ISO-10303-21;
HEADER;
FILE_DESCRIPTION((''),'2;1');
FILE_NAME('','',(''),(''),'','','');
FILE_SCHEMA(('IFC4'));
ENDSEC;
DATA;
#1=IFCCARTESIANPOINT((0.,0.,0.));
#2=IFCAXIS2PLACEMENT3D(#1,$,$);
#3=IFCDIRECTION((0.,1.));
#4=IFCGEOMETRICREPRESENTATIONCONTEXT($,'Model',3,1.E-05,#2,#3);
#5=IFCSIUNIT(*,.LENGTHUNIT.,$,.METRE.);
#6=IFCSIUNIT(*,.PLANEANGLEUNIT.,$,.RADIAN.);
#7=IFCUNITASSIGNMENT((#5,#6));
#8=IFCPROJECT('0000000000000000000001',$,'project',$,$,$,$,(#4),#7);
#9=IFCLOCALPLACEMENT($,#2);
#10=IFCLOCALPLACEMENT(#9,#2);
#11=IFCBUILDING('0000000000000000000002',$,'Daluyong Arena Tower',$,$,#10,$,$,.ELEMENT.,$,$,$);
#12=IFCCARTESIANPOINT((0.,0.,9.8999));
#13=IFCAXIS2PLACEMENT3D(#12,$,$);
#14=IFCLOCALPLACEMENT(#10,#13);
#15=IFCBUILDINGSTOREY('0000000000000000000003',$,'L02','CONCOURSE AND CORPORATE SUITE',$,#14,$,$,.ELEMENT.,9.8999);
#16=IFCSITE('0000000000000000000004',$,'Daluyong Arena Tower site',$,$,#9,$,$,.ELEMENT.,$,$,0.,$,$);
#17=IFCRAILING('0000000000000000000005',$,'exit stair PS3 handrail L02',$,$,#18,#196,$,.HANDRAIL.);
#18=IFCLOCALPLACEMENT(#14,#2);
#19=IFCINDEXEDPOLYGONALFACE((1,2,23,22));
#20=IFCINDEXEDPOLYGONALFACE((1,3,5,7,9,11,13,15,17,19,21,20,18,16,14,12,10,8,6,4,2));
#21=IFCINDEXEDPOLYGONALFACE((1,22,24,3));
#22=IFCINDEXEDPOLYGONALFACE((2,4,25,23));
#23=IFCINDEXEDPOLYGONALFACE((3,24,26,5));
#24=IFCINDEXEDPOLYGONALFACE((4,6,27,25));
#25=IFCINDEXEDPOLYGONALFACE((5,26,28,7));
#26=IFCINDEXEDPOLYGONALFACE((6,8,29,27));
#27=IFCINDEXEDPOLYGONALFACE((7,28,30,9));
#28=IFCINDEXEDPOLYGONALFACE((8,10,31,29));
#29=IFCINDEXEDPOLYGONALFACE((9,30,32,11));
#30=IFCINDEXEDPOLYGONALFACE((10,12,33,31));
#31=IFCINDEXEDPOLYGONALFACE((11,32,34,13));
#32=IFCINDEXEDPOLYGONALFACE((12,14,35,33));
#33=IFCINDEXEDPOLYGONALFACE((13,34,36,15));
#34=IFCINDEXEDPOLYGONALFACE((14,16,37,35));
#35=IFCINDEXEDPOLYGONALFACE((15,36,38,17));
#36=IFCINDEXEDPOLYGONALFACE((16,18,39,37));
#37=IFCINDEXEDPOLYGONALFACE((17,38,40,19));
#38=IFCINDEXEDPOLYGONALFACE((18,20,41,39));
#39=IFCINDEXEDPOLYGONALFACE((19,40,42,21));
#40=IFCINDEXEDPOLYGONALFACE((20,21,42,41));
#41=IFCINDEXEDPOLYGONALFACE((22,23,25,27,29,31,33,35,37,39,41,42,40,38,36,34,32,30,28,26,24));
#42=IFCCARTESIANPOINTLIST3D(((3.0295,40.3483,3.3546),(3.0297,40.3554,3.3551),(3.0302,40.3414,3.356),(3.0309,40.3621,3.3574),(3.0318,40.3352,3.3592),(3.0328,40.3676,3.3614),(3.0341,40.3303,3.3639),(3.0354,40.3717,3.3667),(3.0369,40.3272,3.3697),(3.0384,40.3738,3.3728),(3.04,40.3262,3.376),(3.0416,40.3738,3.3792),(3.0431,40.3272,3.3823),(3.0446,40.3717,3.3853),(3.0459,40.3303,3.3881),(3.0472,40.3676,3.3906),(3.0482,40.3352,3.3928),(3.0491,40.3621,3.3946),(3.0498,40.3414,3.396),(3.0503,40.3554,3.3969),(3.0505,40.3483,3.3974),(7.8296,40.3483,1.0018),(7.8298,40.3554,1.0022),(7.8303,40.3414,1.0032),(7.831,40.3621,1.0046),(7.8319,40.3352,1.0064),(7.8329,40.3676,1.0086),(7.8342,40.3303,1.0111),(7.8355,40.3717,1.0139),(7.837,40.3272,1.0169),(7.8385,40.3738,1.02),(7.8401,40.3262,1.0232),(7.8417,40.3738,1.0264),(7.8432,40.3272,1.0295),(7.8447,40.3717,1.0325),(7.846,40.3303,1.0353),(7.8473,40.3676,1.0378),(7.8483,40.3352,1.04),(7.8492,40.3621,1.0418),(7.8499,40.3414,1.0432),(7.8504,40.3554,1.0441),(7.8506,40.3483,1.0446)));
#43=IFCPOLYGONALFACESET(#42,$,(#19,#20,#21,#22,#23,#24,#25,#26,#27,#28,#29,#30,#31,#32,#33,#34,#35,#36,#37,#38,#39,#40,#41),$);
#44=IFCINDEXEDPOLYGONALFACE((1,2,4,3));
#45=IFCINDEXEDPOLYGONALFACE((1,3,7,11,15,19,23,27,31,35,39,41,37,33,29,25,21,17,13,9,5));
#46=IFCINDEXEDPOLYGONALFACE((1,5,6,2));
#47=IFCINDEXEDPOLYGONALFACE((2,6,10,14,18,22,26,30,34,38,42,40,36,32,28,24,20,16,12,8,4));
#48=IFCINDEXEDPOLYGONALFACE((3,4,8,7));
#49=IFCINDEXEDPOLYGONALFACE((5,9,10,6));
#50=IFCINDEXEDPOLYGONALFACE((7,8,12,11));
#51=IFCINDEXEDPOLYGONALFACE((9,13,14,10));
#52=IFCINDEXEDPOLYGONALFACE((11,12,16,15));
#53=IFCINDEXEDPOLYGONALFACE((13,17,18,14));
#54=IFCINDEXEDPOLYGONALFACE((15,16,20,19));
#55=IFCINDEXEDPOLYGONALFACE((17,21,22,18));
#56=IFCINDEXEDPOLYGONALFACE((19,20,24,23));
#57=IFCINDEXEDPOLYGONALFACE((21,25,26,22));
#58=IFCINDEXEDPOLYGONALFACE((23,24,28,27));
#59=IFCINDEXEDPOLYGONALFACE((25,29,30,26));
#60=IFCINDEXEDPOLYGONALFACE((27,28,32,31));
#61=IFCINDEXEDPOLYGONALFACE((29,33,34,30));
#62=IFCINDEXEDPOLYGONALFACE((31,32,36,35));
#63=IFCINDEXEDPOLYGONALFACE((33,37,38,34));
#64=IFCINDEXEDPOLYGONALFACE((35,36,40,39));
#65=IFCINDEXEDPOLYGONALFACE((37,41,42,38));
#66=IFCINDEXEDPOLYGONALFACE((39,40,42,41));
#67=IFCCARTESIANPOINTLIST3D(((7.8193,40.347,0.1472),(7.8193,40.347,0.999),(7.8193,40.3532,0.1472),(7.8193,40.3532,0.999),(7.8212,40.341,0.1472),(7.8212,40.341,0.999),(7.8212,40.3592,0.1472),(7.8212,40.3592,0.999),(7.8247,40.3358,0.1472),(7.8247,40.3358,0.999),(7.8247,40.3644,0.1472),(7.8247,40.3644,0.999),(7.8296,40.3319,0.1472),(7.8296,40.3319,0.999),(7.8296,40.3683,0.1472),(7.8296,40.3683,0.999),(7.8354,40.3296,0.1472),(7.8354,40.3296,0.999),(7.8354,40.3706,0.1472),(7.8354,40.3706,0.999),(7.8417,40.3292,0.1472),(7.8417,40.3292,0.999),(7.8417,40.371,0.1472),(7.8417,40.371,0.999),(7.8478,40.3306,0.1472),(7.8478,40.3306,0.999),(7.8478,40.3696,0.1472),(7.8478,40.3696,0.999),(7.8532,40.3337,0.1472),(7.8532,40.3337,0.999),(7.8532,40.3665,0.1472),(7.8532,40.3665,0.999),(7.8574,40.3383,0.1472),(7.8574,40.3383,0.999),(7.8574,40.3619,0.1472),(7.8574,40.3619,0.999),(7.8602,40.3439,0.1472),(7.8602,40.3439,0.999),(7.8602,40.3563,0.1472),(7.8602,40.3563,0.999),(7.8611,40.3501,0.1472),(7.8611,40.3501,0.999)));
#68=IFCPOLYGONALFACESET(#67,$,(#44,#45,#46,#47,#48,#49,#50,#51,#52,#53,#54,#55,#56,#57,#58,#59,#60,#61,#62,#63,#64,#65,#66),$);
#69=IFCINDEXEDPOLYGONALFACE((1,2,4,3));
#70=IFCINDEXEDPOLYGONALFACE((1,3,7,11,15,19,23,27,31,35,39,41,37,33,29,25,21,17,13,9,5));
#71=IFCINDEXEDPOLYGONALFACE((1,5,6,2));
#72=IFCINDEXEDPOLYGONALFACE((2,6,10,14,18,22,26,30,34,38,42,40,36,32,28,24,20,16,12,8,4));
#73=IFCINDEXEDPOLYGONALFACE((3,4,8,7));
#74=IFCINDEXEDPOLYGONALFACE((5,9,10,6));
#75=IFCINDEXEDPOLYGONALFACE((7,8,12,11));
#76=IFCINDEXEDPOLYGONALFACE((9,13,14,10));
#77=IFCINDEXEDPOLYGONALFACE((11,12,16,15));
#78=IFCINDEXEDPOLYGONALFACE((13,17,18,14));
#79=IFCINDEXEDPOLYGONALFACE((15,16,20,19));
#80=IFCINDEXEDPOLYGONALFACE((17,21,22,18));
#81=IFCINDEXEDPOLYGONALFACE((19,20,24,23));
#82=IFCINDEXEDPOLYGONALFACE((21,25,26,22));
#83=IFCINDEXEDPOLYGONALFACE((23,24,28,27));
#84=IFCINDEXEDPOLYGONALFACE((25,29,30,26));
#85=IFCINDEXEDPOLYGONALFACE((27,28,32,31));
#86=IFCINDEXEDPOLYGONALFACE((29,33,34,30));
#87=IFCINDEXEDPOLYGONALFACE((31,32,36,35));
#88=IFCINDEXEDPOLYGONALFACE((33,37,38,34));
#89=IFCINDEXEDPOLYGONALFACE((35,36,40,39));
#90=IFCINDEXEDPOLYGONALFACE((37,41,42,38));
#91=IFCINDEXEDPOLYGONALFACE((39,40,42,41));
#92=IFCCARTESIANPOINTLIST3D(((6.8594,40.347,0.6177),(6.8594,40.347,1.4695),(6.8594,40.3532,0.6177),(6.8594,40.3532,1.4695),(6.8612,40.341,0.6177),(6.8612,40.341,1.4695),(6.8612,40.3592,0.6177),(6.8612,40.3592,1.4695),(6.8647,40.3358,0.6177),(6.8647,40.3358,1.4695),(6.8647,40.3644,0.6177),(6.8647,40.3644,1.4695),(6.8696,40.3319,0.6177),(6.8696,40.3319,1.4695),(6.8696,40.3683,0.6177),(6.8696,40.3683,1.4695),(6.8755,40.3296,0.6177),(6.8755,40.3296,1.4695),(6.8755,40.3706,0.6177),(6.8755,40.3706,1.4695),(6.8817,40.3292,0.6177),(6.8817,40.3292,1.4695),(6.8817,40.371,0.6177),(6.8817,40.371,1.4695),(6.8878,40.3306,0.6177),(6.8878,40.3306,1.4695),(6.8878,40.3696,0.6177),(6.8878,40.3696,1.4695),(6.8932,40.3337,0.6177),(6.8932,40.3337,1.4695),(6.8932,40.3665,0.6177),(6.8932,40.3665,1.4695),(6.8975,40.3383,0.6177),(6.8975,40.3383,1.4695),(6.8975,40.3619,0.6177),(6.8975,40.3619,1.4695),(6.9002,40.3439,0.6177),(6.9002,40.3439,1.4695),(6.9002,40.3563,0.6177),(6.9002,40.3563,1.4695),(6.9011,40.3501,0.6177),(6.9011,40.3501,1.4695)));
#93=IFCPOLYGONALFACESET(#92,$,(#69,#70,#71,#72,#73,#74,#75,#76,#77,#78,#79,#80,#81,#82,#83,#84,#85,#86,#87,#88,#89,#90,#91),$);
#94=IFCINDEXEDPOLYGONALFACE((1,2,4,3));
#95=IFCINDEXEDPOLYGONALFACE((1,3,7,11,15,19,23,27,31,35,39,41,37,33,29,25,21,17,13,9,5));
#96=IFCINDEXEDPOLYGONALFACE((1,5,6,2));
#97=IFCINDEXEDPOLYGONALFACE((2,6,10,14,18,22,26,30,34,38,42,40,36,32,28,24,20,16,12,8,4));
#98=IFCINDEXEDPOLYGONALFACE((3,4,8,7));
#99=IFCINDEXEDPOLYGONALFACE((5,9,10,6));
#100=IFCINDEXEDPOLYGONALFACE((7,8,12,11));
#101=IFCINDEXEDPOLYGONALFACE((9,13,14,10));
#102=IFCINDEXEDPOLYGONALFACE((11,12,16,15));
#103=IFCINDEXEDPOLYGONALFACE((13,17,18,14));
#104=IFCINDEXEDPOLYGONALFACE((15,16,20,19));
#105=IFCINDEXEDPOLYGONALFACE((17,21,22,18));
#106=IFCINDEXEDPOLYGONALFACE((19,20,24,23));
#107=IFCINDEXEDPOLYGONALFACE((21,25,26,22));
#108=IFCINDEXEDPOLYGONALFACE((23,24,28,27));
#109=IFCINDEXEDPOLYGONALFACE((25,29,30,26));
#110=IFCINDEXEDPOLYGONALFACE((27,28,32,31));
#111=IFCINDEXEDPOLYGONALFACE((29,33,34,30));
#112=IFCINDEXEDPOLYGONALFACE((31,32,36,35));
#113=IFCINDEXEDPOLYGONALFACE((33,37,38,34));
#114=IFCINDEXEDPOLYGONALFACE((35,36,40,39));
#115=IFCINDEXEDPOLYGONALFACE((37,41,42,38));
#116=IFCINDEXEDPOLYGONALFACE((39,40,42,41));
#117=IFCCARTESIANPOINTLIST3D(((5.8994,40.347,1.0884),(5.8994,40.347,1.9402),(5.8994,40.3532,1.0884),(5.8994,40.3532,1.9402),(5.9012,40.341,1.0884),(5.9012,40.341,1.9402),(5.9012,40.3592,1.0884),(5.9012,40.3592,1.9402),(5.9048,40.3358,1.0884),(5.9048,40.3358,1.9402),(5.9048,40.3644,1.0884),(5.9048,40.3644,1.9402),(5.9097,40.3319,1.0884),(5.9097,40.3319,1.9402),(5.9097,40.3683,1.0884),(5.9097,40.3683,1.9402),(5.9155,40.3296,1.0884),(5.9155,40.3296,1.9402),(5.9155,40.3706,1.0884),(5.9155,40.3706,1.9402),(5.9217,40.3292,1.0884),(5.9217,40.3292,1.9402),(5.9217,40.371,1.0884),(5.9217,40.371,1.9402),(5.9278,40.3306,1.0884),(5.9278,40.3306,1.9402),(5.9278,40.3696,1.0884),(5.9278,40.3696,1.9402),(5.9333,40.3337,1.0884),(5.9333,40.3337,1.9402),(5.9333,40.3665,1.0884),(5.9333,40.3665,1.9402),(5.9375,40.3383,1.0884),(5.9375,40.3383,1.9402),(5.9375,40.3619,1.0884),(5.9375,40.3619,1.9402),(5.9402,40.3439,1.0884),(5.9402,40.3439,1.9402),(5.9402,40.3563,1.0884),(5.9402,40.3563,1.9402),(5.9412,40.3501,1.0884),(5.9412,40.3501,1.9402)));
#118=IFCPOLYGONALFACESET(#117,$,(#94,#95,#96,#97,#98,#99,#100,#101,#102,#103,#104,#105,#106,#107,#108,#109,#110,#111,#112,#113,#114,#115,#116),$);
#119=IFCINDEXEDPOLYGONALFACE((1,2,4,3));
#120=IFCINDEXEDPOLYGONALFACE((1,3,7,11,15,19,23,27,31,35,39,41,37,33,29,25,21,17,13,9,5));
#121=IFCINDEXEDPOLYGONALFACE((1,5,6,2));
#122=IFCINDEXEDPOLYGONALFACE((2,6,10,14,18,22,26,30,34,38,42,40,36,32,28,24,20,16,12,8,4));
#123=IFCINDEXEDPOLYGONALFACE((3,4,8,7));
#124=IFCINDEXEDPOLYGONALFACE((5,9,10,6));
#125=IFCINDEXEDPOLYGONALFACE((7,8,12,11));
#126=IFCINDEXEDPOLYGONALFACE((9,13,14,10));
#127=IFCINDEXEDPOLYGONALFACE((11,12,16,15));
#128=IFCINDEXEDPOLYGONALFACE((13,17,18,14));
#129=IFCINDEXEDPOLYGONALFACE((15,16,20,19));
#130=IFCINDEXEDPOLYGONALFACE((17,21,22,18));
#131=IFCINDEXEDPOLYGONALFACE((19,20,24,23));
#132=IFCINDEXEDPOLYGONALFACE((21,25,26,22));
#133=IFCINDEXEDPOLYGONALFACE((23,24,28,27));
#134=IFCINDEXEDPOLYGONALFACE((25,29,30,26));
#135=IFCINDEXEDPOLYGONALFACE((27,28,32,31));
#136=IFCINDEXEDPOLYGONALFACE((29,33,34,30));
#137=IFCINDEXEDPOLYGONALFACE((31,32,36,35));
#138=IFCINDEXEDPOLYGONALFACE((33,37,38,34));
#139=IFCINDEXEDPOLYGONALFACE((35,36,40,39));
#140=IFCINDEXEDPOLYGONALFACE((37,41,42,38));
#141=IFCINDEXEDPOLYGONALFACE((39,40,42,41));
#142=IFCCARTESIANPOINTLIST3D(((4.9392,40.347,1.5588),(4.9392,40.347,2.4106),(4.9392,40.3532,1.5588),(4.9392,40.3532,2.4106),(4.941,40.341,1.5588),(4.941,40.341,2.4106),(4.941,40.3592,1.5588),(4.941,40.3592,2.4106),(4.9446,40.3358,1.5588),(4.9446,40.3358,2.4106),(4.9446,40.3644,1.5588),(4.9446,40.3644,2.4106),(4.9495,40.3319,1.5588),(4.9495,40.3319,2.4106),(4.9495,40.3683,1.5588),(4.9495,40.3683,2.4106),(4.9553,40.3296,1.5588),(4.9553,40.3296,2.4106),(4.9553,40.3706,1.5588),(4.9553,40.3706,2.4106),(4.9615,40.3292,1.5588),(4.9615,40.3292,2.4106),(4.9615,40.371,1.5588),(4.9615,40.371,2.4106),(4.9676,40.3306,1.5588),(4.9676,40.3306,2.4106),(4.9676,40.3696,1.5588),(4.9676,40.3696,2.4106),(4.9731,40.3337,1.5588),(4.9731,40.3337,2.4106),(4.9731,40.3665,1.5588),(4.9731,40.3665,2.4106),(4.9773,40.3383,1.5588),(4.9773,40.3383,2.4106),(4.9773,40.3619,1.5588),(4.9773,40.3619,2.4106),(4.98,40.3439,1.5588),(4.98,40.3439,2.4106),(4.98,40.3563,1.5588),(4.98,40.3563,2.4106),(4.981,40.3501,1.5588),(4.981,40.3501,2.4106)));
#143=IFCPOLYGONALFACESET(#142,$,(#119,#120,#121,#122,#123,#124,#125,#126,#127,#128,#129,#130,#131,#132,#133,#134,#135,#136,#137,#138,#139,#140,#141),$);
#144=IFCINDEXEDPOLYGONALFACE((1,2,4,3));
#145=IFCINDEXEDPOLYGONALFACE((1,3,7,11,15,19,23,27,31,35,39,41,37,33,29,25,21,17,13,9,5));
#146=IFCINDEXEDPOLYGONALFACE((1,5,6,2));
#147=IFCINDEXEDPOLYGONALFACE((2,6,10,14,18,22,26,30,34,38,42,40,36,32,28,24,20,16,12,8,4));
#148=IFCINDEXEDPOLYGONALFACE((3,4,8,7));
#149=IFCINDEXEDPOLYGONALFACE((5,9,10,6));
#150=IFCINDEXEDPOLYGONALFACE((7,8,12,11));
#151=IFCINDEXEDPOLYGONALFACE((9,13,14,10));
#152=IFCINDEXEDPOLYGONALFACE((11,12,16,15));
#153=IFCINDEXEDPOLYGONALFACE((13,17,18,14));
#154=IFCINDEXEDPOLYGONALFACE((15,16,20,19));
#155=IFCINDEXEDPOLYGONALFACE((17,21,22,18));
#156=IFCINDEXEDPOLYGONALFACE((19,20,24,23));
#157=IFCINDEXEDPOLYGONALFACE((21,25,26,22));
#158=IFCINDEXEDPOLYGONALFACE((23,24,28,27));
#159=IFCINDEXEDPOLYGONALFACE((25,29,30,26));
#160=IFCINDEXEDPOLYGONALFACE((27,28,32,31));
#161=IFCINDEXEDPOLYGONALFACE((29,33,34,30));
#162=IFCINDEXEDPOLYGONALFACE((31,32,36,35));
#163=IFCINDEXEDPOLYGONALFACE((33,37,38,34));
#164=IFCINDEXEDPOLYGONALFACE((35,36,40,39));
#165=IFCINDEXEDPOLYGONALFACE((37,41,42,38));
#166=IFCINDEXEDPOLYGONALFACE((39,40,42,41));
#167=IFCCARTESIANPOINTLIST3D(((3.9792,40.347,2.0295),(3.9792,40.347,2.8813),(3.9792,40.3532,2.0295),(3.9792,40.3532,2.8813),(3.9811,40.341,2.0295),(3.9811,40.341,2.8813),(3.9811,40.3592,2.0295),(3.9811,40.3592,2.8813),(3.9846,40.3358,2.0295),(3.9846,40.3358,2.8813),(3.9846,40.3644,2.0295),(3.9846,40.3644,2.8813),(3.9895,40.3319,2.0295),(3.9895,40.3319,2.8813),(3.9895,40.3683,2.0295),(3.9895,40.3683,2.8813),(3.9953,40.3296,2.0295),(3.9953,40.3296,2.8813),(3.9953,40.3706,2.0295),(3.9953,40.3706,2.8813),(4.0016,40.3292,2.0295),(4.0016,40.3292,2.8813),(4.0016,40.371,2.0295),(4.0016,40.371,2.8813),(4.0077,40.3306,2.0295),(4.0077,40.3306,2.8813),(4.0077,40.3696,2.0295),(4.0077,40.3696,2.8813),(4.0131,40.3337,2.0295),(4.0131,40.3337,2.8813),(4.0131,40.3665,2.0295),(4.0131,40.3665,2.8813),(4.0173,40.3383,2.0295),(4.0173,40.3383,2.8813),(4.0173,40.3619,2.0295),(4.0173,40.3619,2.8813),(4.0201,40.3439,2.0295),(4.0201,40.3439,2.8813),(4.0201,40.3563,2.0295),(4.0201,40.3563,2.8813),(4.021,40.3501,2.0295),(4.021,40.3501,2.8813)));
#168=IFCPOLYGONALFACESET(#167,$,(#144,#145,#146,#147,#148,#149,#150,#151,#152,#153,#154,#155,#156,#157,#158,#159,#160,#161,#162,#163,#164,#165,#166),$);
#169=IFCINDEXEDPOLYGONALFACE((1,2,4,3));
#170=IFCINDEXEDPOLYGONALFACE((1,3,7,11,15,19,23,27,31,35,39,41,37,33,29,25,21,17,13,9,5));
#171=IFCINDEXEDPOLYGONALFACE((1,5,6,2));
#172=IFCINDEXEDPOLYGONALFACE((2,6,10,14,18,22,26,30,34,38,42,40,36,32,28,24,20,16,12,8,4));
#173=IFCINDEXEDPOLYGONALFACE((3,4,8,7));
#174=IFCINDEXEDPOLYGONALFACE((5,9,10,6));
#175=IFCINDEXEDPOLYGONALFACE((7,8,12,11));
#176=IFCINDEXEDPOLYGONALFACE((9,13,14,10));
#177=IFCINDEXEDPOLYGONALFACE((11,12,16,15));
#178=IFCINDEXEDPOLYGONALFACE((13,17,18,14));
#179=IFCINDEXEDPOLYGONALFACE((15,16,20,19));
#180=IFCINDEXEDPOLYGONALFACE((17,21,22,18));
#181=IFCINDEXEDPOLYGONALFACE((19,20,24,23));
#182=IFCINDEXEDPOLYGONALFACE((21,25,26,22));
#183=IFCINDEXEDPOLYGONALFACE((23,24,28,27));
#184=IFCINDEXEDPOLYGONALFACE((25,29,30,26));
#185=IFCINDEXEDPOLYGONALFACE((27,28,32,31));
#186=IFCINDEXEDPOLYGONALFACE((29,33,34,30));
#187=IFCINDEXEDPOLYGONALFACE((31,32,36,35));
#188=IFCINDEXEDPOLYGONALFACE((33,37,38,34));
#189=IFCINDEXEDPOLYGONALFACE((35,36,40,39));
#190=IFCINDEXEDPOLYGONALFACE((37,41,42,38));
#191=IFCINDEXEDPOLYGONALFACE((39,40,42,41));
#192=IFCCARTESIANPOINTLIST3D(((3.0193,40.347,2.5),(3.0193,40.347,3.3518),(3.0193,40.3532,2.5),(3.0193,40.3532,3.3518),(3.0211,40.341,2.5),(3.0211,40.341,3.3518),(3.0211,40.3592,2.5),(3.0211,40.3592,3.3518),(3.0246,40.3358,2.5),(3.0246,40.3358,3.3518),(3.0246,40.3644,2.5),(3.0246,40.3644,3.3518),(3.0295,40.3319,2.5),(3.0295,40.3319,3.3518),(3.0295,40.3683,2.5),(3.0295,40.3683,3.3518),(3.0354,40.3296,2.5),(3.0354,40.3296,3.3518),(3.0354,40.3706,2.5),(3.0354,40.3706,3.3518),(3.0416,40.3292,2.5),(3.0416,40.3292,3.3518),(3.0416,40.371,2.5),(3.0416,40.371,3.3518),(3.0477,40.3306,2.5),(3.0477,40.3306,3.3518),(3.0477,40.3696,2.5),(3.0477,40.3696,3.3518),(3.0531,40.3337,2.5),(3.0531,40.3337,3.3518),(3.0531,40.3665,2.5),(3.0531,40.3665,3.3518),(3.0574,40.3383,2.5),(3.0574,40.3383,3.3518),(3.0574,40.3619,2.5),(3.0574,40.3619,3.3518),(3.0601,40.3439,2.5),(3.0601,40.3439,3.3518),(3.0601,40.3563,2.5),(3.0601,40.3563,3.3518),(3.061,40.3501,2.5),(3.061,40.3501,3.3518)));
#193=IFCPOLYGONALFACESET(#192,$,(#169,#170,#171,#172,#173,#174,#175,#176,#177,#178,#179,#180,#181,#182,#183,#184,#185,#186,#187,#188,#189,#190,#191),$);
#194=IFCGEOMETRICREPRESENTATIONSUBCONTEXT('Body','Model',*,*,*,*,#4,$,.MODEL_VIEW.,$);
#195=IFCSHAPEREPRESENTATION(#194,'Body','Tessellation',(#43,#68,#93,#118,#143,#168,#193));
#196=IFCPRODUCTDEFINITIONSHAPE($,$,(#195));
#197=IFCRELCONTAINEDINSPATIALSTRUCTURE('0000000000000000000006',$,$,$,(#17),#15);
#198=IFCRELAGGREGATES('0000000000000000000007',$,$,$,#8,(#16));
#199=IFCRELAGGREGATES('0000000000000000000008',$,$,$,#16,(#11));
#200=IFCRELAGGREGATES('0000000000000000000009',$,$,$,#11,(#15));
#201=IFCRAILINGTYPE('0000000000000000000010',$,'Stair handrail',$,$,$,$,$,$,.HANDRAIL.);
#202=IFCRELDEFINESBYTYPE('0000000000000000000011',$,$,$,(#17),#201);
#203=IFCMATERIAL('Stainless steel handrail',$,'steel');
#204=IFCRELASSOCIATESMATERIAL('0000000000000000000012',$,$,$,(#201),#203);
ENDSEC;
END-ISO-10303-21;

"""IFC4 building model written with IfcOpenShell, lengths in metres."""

from ifc_helpers import new_model, si_unit, direction, frame, origin, origin_2d, place, context, subcontext, project, spatial, circle, extrude, material, type_object, element, save


model = new_model("IFC4")

# Units and contexts
model_context = context("Model", 3, precision=1e-05, world=origin(), true_north=direction((0.0, 1.0)))
body_context = subcontext(model_context, "Body", "Model", "MODEL_VIEW")
ifc_project = project(units=[si_unit("LENGTHUNIT", "METRE"), si_unit("PLANEANGLEUNIT", "RADIAN")], contexts=[model_context])

# Site, building, storey
site_placement = place(None, origin())
site = spatial("IfcSite", under=ifc_project, at=site_placement, Name="Daluyong Arena Tower site", CompositionType="ELEMENT", RefElevation=0.0)
building_placement = place(site_placement, origin())
building = spatial("IfcBuilding", under=site, at=building_placement, Name="Daluyong Arena Tower", CompositionType="ELEMENT")
storey_placement = place(building_placement, frame((0.0, 0.0, 9.8999)))
storey = spatial("IfcBuildingStorey", under=building, at=storey_placement, Name="L02", Description="CONCOURSE AND CORPORATE SUITE", CompositionType="ELEMENT", Elevation=9.8999)

# Railing
ifc_material_1 = material(Name="Stainless steel handrail", Category="steel")
railing_type_1 = type_object("IfcRailingType", Name="Stair handrail", PredefinedType="HANDRAIL", material=ifc_material_1)
railing_1_placement = place(storey_placement, frame((7.8401, 40.3501, 0.1472)))
element("IfcRailing", 1, at=railing_1_placement, inside=storey, type_object=railing_type_1, Name="exit stair PS3 handrail L02", PredefinedType="HANDRAIL", context=body_context, shape_type="SweptSolid", body=[
    extrude(circle(Radius=0.0239, at=origin_2d()), frame((0.0, 0.0, 0.876), z_axis=(-0.897934, 0.0, 0.44013), x_axis=(0.0, -1.0, 0.0)), (0.0, 0.0, 1.0), 5.3457),
    extrude(circle(Radius=0.021, at=origin_2d()), origin(), (0.0, 0.0, 1.0), 0.8518),
    extrude(circle(Radius=0.021, at=origin_2d()), frame((-0.96, 0.0, 0.4705)), (0.0, 0.0, 1.0), 0.8518),
    extrude(circle(Radius=0.021, at=origin_2d()), frame((-1.9199, 0.0, 0.9412)), (0.0, 0.0, 1.0), 0.8518),
    extrude(circle(Radius=0.021, at=origin_2d()), frame((-2.8801, 0.0, 1.4116)), (0.0, 0.0, 1.0), 0.8518),
    extrude(circle(Radius=0.021, at=origin_2d()), frame((-3.8401, 0.0, 1.8823)), (0.0, 0.0, 1.0), 0.8518),
    extrude(circle(Radius=0.021, at=origin_2d()), frame((-4.8, 0.0, 2.3528)), (0.0, 0.0, 1.0), 0.8518),
])

save(model, "model.ifc")
